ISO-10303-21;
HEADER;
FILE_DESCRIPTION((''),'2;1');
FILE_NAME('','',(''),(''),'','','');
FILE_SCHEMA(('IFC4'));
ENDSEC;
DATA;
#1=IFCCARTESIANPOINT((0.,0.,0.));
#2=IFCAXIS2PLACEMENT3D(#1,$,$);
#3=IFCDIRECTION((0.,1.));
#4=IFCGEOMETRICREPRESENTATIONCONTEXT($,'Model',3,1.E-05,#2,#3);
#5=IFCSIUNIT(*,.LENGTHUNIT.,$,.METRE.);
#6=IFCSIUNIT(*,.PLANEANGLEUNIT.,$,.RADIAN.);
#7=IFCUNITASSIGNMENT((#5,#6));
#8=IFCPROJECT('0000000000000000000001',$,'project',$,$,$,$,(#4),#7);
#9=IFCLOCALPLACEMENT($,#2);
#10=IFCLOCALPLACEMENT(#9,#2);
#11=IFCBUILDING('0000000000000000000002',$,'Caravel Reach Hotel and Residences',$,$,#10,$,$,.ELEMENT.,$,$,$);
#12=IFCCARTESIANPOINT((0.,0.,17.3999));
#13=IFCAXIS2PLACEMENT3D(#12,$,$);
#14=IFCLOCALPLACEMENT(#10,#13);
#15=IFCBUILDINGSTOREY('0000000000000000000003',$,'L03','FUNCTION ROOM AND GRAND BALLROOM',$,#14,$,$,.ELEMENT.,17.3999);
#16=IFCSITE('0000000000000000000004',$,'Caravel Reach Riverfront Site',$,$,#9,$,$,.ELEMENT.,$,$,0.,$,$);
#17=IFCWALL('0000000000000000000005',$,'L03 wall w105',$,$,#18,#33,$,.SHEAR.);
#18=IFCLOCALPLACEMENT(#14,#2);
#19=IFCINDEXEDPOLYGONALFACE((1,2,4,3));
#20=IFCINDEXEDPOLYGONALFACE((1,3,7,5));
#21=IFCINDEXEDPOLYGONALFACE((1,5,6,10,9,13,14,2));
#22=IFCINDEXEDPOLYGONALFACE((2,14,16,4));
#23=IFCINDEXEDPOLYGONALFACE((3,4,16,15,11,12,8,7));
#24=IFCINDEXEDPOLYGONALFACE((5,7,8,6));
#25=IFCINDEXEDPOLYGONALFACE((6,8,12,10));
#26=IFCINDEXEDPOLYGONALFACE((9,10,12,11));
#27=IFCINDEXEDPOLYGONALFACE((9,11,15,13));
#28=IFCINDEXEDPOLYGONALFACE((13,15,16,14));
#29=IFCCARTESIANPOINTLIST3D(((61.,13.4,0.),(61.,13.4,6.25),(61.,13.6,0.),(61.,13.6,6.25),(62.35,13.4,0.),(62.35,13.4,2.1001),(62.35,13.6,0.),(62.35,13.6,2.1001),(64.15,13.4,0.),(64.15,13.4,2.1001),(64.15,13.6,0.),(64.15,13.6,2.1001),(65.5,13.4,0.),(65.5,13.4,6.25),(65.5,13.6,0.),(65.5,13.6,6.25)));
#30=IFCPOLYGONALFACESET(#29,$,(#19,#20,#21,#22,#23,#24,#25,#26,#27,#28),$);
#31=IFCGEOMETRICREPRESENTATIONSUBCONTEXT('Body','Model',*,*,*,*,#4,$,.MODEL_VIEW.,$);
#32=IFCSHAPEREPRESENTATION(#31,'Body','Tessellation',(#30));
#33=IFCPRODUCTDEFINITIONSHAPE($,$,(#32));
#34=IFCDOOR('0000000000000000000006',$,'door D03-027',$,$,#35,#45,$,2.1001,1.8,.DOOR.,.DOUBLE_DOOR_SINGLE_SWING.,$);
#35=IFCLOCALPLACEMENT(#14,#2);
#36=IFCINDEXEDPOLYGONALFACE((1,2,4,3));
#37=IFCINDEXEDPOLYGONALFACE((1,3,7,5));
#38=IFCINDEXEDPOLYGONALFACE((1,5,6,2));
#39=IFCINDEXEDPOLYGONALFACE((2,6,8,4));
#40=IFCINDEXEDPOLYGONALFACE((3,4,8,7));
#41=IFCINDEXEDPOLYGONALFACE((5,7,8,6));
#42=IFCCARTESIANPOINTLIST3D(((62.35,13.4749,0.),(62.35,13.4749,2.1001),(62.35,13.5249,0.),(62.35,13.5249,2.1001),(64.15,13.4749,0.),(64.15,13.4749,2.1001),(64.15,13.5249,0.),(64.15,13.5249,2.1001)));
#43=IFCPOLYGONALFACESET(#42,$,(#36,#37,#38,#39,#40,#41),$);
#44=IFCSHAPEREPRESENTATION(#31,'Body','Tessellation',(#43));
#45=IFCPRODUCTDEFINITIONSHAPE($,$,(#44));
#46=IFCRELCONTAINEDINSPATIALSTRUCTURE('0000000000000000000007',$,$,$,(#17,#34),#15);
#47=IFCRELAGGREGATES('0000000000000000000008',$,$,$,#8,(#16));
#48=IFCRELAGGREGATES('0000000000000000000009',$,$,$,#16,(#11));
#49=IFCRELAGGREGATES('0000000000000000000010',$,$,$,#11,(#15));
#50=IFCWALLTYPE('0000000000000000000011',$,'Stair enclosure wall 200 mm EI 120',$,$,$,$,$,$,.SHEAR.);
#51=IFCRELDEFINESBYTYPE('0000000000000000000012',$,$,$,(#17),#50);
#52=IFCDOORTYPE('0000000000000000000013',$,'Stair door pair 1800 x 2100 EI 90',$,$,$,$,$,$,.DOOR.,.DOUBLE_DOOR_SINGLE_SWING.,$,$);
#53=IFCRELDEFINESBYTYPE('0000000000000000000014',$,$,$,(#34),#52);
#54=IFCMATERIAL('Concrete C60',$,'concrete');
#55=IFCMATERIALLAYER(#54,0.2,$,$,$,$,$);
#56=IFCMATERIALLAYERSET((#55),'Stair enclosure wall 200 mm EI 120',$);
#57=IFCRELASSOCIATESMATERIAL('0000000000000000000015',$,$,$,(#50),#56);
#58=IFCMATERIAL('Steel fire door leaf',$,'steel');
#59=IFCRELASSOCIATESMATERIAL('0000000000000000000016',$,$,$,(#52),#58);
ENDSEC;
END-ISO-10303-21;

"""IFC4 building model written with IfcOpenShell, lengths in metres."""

from ifc_helpers import new_model, si_unit, direction, frame, frame_2d, origin, place, context, subcontext, project, spatial, rectangle, extrude, material, layer, layer_set, type_object, element, fill, save


model = new_model("IFC4")

# Units and contexts
model_context = context("Model", 3, precision=1e-05, world=origin(), true_north=direction((0.0, 1.0)))
body_context = subcontext(model_context, "Body", "Model", "MODEL_VIEW")
ifc_project = project(units=[si_unit("LENGTHUNIT", "METRE"), si_unit("PLANEANGLEUNIT", "RADIAN")], contexts=[model_context])

# Site, building, storey
site_placement = place(None, origin())
site = spatial("IfcSite", under=ifc_project, at=site_placement, Name="Caravel Reach Riverfront Site", CompositionType="ELEMENT", RefElevation=0.0)
building_placement = place(site_placement, origin())
building = spatial("IfcBuilding", under=site, at=building_placement, Name="Caravel Reach Hotel and Residences", CompositionType="ELEMENT")
storey_placement = place(building_placement, frame((0.0, 0.0, 17.3999)))
storey = spatial("IfcBuildingStorey", under=building, at=storey_placement, Name="L03", Description="FUNCTION ROOM AND GRAND BALLROOM", CompositionType="ELEMENT", Elevation=17.3999)

# Wall, opening, door
ifc_material_1 = material(Name="Concrete C60", Category="concrete")
ifc_layer_1 = layer(ifc_material_1, 0.2)
ifc_layer_set_1 = layer_set([ifc_layer_1], Name="Stair enclosure wall 200 mm EI 120")
wall_type_1 = type_object("IfcWallType", Name="Stair enclosure wall 200 mm EI 120", PredefinedType="SHEAR", material=ifc_layer_set_1)
wall_1_placement = place(storey_placement, frame((61.0, 13.5, 0.0), z_axis=(0.0, 0.0, 1.0), x_axis=(1.0, 0.0, 0.0)))
wall_1 = element("IfcWall", 1, at=wall_1_placement, inside=storey, type_object=wall_type_1, Name="L03 wall w105", PredefinedType="SHEAR", context=body_context, shape_type="SweptSolid", body=[
    extrude(rectangle(XDim=4.5, YDim=0.2, at=frame_2d((2.25, 0.0))), origin(), (0.0, 0.0, 1.0), 6.25),
])
opening_1_placement = place(wall_1_placement, frame((1.3501, 0.0, 0.0)))
opening_1 = element("IfcOpeningElement", 2, at=opening_1_placement, cuts=wall_1, PredefinedType="OPENING", context=body_context, shape_type="SweptSolid", body=[
    extrude(rectangle(XDim=1.8, YDim=2.1001, at=frame_2d((0.8999, 1.05))), frame((0.0, 0.1099, 0.0), z_axis=(0.0, -1.0, 0.0), x_axis=(1.0, 0.0, 0.0)), (0.0, 0.0, 1.0), 0.22),
])
ifc_material_2 = material(Name="Steel fire door leaf", Category="steel")
door_type_1 = type_object("IfcDoorType", Name="Stair door pair 1800 x 2100 EI 90", OperationType="DOUBLE_DOOR_SINGLE_SWING", PredefinedType="DOOR", material=ifc_material_2)
door_1_placement = place(opening_1_placement, origin())
door_1 = element("IfcDoor", 3, at=door_1_placement, inside=storey, type_object=door_type_1, Name="door D03-027", OperationType="DOUBLE_DOOR_SINGLE_SWING", OverallHeight=2.1001, OverallWidth=1.8, PredefinedType="DOOR", context=body_context, shape_type="SweptSolid", body=[
    extrude(rectangle(XDim=1.8, YDim=2.1001, at=frame_2d((0.8999, 1.05))), frame((0.0, 0.0249, 0.0), z_axis=(0.0, -1.0, 0.0), x_axis=(1.0, 0.0, 0.0)), (0.0, 0.0, 1.0), 0.05),
])
fill(opening_1, door_1)

save(model, "model.ifc")
